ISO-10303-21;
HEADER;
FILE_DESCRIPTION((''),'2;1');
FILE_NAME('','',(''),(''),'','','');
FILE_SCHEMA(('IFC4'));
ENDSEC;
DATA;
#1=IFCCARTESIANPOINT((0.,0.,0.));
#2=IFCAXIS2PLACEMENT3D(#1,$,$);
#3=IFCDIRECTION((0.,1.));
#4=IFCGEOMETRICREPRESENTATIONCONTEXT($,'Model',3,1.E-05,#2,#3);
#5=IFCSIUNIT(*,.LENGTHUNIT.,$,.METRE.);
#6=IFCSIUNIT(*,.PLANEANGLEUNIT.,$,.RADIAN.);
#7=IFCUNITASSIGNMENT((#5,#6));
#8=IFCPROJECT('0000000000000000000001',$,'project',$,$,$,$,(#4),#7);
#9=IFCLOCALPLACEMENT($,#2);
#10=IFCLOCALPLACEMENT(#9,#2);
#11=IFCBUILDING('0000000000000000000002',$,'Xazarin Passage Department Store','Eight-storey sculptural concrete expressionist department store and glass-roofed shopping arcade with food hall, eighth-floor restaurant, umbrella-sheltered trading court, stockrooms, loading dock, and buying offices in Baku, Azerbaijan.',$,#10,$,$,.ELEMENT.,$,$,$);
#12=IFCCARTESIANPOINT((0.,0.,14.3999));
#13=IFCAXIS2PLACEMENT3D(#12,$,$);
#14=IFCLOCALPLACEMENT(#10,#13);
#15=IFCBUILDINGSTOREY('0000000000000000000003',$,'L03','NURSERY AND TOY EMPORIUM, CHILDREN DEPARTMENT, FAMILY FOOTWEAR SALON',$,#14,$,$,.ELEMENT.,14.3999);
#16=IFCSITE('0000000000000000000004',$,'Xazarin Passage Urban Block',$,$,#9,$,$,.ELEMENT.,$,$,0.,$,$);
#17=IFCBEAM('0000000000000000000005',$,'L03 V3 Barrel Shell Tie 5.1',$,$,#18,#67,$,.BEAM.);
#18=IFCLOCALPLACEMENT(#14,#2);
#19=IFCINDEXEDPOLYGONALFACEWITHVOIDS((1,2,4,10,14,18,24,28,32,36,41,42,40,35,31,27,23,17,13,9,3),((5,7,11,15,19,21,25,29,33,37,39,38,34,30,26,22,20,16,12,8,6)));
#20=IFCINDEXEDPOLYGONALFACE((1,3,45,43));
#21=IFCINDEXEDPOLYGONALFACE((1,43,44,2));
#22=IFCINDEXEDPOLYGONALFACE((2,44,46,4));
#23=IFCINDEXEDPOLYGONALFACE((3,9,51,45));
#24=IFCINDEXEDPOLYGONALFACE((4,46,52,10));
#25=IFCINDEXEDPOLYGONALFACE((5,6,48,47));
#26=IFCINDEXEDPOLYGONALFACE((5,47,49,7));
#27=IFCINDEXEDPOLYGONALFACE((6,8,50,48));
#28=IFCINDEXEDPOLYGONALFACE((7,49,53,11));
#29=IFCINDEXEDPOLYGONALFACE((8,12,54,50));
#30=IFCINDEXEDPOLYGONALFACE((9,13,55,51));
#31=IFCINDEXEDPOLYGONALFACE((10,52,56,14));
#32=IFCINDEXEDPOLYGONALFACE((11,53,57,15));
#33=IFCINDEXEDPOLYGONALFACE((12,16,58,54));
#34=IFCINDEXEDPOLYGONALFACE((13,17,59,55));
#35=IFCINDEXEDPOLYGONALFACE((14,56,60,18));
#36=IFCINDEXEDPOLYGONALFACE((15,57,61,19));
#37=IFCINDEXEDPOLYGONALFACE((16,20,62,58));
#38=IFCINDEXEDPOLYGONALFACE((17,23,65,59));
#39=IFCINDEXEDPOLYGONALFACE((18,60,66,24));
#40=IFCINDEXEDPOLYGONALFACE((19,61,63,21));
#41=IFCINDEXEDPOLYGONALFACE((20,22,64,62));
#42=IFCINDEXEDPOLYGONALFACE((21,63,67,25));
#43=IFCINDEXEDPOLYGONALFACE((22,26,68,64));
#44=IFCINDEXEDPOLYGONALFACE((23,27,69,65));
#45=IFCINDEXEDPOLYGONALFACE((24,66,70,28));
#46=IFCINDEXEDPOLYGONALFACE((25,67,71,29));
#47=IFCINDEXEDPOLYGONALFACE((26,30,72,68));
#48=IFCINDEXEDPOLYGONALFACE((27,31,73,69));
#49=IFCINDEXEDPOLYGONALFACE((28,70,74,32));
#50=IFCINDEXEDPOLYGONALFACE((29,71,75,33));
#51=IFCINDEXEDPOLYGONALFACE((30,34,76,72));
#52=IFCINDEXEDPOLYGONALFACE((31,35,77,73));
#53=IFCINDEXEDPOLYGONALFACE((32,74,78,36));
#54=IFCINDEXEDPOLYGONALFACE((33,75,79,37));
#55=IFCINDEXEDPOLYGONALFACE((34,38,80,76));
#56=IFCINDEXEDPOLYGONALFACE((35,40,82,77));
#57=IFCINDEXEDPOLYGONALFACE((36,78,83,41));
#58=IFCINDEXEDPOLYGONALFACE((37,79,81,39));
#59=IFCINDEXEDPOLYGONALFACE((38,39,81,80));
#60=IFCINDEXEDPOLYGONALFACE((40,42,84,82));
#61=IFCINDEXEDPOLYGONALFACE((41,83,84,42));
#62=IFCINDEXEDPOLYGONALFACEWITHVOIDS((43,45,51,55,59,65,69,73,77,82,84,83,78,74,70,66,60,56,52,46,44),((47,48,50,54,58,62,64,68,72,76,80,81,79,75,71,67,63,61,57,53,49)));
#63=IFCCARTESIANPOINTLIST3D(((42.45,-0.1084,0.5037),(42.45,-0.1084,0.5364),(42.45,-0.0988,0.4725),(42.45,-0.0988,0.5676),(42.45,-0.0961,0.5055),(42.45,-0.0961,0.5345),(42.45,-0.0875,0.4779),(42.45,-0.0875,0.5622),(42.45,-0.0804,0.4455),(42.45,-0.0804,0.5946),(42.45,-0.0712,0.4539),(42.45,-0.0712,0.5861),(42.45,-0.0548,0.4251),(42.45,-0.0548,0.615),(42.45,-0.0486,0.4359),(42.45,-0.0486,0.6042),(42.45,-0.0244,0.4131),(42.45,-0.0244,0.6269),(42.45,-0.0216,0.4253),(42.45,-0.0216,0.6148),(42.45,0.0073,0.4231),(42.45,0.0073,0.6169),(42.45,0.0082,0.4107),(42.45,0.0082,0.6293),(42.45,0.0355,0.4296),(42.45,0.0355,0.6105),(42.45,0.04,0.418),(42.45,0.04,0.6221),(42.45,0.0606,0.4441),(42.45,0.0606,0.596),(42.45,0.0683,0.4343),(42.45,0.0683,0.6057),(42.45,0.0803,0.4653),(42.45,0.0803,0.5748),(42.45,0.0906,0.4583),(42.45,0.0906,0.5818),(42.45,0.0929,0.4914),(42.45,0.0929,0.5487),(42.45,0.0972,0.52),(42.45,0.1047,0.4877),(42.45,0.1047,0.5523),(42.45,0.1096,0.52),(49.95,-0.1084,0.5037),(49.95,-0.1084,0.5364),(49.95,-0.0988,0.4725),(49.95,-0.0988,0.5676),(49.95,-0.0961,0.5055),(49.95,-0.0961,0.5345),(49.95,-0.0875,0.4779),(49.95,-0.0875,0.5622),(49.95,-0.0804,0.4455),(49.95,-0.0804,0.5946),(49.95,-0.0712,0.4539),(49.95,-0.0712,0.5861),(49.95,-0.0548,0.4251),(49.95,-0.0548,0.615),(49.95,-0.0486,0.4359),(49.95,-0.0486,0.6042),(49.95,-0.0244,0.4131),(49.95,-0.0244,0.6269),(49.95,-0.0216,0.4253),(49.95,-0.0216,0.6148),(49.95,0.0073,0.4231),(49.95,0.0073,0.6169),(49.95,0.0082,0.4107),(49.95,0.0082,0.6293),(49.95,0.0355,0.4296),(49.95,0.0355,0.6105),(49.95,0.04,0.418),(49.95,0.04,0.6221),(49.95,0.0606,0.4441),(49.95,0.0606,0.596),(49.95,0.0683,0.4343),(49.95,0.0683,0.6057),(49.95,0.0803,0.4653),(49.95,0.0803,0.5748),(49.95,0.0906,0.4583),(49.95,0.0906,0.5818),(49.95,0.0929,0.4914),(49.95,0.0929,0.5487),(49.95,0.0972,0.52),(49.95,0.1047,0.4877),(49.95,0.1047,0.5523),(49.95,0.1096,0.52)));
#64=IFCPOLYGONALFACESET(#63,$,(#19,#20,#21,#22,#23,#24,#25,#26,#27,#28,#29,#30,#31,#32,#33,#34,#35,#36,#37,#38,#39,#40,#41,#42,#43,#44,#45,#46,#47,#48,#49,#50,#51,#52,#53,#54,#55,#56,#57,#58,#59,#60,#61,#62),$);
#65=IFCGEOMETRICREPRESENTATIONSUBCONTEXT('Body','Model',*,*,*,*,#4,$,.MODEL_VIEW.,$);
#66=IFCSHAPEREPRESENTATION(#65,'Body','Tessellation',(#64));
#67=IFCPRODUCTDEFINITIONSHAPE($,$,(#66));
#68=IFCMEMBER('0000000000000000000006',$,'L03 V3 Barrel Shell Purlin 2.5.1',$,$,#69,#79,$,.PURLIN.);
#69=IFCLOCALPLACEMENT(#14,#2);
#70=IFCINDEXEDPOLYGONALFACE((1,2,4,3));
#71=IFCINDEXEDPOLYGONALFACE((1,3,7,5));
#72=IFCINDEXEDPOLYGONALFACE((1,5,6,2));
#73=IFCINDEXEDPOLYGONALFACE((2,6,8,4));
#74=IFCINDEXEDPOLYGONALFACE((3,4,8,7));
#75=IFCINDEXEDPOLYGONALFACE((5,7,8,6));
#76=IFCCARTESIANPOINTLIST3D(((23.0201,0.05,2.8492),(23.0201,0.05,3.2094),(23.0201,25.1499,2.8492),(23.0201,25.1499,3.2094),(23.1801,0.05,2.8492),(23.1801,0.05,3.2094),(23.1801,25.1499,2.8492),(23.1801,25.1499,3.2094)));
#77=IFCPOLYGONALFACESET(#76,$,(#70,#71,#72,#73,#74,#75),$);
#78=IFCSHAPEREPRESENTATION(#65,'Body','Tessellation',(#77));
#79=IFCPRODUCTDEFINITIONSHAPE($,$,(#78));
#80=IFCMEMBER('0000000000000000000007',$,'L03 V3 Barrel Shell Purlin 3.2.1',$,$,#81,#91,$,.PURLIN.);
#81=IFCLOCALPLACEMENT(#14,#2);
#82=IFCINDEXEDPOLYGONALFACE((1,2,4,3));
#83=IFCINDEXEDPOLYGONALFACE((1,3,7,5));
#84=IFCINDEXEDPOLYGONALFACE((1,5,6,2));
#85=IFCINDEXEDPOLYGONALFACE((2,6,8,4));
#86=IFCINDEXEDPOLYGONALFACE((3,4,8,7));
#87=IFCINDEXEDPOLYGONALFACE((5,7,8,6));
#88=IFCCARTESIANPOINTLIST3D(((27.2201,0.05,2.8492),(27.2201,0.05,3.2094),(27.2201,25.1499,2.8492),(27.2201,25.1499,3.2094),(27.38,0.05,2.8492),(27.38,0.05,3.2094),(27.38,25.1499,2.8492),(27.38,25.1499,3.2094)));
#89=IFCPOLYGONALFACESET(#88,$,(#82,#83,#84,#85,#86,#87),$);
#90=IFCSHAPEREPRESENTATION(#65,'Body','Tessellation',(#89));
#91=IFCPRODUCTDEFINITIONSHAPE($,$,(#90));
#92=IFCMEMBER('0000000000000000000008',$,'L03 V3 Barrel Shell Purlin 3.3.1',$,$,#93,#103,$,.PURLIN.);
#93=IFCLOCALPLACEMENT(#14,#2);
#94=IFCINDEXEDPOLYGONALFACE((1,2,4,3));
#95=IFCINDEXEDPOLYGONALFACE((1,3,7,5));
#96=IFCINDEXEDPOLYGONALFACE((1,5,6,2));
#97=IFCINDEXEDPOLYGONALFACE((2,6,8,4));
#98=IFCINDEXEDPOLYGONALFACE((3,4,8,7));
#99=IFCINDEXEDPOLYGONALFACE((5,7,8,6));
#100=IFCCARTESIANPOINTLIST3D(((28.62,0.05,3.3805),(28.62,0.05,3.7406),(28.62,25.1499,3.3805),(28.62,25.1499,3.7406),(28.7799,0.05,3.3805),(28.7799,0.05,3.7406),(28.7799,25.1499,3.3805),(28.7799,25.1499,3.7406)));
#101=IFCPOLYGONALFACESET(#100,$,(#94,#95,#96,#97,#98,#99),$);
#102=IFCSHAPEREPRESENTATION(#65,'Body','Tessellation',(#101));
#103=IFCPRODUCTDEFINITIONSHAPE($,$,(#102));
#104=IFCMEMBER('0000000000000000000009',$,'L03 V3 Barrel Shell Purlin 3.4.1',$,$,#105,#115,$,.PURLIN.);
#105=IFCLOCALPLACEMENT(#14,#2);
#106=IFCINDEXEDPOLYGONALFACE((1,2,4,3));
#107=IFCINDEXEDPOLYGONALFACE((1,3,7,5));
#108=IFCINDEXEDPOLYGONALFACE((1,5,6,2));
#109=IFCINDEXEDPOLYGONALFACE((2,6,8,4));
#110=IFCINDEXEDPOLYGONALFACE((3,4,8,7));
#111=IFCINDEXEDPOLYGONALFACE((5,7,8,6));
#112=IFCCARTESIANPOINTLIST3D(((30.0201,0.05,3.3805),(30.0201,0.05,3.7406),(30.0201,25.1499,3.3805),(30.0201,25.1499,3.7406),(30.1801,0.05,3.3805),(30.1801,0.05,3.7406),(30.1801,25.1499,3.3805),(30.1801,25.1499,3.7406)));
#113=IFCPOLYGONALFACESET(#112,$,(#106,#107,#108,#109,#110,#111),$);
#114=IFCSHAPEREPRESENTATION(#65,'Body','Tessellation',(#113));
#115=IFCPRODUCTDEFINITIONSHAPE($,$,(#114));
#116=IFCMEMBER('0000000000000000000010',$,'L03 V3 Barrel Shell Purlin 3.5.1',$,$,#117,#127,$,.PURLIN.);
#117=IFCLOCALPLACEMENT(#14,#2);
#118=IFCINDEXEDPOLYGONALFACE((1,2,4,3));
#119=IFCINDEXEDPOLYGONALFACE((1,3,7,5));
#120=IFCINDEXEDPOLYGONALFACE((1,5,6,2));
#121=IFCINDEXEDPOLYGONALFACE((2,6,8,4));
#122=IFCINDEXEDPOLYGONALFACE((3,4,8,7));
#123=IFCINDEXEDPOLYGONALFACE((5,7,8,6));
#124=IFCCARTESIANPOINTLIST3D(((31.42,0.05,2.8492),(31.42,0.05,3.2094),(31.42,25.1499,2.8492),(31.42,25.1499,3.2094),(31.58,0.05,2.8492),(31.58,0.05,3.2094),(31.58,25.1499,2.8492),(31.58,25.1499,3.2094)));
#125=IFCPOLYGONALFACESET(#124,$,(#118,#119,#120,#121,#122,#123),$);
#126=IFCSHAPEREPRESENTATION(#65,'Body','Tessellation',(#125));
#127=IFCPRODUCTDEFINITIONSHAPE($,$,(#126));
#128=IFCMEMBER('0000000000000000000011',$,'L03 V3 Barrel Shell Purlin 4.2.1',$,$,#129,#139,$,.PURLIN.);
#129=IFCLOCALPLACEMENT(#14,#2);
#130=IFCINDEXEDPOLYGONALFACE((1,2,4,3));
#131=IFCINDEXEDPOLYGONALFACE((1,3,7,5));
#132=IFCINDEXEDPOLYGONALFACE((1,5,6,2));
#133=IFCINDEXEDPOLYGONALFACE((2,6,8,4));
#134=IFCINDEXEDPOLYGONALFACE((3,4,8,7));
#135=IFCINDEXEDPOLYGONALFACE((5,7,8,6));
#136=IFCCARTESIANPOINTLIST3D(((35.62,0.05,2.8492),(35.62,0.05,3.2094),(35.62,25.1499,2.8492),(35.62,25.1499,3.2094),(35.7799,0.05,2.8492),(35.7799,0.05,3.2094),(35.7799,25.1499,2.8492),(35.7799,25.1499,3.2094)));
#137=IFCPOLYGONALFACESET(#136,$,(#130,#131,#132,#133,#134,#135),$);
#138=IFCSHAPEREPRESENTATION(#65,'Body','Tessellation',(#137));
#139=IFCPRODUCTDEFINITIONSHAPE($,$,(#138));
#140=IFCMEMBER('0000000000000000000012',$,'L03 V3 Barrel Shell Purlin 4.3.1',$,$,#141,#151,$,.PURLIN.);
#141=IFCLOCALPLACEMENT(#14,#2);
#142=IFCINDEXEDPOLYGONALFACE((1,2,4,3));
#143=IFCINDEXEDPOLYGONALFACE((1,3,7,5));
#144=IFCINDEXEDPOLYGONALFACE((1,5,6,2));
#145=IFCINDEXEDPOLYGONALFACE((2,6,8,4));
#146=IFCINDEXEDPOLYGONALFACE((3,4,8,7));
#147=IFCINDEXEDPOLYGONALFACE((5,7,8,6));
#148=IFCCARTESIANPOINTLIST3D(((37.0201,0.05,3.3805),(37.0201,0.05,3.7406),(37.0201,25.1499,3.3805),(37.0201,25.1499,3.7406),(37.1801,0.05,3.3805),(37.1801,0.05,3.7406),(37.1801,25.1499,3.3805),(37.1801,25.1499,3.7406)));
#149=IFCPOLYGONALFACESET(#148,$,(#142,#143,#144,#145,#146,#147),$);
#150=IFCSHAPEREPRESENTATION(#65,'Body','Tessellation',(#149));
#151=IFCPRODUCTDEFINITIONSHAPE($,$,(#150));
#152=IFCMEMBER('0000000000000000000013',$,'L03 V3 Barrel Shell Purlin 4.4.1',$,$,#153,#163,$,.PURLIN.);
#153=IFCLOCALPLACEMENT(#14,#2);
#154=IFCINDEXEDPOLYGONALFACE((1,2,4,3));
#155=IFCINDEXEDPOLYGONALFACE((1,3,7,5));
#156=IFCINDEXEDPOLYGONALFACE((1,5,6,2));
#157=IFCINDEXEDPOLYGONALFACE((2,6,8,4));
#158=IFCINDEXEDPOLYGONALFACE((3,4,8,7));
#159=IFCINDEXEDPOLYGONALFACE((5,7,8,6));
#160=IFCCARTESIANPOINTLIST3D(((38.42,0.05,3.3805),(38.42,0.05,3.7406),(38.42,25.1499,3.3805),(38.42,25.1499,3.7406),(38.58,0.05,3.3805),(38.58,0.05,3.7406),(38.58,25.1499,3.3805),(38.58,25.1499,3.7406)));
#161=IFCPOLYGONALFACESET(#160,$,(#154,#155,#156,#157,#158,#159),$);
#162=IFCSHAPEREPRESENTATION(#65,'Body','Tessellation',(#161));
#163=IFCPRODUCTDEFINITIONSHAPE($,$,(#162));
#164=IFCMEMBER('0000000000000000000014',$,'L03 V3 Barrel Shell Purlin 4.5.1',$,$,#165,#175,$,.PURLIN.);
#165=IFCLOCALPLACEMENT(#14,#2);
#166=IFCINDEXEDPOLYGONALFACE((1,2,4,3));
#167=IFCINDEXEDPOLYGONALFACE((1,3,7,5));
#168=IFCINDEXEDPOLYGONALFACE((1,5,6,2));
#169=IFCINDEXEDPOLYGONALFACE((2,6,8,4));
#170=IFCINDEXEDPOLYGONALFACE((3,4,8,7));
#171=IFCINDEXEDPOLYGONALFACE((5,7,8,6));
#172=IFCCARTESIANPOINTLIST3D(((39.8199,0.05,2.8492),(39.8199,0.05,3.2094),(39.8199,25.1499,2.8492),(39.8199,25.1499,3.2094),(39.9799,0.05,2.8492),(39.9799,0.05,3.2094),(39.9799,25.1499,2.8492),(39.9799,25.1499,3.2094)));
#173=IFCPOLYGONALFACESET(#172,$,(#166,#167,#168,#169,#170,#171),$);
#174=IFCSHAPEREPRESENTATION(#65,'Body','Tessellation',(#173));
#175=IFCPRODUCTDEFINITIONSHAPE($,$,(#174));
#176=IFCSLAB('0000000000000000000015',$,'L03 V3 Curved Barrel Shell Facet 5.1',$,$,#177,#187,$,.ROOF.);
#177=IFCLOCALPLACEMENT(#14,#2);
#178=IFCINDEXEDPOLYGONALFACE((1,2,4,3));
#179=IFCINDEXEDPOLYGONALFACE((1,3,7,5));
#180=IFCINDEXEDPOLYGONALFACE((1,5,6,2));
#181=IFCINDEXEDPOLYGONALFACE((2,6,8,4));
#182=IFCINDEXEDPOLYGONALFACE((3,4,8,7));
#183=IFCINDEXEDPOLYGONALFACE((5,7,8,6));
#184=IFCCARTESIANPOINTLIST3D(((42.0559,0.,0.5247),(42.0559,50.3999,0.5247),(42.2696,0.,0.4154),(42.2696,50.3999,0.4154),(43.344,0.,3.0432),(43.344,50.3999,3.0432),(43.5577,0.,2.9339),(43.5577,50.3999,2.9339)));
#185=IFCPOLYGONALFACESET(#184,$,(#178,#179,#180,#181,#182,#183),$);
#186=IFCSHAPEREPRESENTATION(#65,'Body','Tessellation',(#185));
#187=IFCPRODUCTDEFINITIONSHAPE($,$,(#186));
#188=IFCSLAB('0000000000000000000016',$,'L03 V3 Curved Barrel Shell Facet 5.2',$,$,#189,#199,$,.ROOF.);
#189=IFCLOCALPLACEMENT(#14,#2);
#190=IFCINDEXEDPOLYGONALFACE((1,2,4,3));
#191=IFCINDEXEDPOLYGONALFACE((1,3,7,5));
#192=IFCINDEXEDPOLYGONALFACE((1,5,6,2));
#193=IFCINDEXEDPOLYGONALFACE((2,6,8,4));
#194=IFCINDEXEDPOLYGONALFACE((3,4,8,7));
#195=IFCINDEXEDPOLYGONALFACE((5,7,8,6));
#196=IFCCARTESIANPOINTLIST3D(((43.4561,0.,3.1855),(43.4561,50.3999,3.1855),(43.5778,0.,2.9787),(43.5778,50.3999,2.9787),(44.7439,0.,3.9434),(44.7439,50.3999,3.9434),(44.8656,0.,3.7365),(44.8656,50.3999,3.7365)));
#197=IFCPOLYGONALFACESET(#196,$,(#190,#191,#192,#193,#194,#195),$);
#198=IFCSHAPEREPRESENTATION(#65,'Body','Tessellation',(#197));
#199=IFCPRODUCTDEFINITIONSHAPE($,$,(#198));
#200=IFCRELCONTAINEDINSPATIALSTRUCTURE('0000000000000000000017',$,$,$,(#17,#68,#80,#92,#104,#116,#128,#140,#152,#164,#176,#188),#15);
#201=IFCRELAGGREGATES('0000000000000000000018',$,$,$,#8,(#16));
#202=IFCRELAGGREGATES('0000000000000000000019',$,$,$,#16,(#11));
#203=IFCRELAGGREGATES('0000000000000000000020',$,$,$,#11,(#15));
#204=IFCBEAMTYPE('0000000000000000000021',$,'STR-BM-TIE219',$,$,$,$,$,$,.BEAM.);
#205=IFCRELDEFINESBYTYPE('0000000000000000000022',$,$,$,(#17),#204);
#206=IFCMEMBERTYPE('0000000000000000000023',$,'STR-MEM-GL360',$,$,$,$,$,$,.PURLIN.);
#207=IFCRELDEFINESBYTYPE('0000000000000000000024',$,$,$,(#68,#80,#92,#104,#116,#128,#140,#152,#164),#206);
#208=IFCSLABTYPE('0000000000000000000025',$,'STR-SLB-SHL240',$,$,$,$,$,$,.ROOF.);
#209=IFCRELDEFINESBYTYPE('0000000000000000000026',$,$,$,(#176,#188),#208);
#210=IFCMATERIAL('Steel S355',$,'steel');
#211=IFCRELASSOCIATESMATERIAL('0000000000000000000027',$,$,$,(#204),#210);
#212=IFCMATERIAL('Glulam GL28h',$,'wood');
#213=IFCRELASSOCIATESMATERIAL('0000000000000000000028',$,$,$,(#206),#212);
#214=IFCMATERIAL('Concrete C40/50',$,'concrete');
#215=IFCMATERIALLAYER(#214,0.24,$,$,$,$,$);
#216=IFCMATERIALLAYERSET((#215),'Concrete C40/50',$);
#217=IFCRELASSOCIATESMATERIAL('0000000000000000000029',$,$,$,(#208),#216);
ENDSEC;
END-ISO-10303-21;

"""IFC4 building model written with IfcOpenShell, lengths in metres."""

from ifc_helpers import new_model, si_unit, direction, frame, origin, origin_2d, place, context, subcontext, project, spatial, polyline, rectangle, hollow_circle, outline, extrude, material, layer, layer_set, material_profile, profile_set, type_object, element, save


model = new_model("IFC4")

# Units and contexts
model_context = context("Model", 3, precision=1e-05, world=origin(), true_north=direction((0.0, 1.0)))
body_context = subcontext(model_context, "Body", "Model", "MODEL_VIEW")
ifc_project = project(units=[si_unit("LENGTHUNIT", "METRE"), si_unit("PLANEANGLEUNIT", "RADIAN")], contexts=[model_context])

# Site, building, storey
site_placement = place(None, origin())
site = spatial("IfcSite", under=ifc_project, at=site_placement, Name="Xazarin Passage Urban Block", CompositionType="ELEMENT", RefElevation=0.0)
building_placement = place(site_placement, origin())
building = spatial("IfcBuilding", under=site, at=building_placement, Name="Xazarin Passage Department Store", Description="Eight-storey sculptural concrete expressionist department store and glass-roofed shopping arcade with food hall, eighth-floor restaurant, umbrella-sheltered trading court, stockrooms, loading dock, and buying offices in Baku, Azerbaijan.", CompositionType="ELEMENT")
storey_placement = place(building_placement, frame((0.0, 0.0, 14.3999)))
storey = spatial("IfcBuildingStorey", under=building, at=storey_placement, Name="L03", Description="NURSERY AND TOY EMPORIUM, CHILDREN DEPARTMENT, FAMILY FOOTWEAR SALON", CompositionType="ELEMENT", Elevation=14.3999)

# Beam
ifc_material_1 = material(Name="Steel S355", Category="steel")
ifc_material_profile_1 = material_profile(ifc_material_1, hollow_circle(Radius=0.1096, WallThickness=0.0125, at=origin_2d()), Name="CHS 219.1x12.5")
ifc_profile_set_1 = profile_set([ifc_material_profile_1], Name="Steel S355")
beam_type_1 = type_object("IfcBeamType", Name="STR-BM-TIE219", PredefinedType="BEAM", material=ifc_profile_set_1)
for number, where, z_axis, x_axis, name in (
    (1, (42.45, 0.0, 0.52), (1.0, 0.0, 0.0), (0.0, 1.0, 0.0), "L03 V3 Barrel Shell Tie 5.1"),
):
    element("IfcBeam", number, at=place(storey_placement, frame(where, z_axis=z_axis, x_axis=x_axis)), inside=storey, type_object=beam_type_1, Name=name, PredefinedType="BEAM", context=body_context, shape_type="SweptSolid", body=[
        extrude(hollow_circle(Radius=0.1096, WallThickness=0.0125, at=origin_2d()), origin(), (0.0, 0.0, 1.0), 7.5),
    ])

# Members
ifc_material_2 = material(Name="Glulam GL28h", Category="wood")
ifc_material_profile_2 = material_profile(ifc_material_2, rectangle(XDim=0.1599, YDim=0.3601, at=origin_2d()), Name="GL28h 160x360")
ifc_profile_set_2 = profile_set([ifc_material_profile_2], Name="Glulam GL28h")
member_type = type_object("IfcMemberType", Name="STR-MEM-GL360", PredefinedType="PURLIN", material=ifc_profile_set_2)
for number, where, z_axis, x_axis, name in (
    (2, (23.1001, 0.05, 3.0293), (0.0, 1.0, 0.0), (-1.0, 0.0, 0.0), "L03 V3 Barrel Shell Purlin 2.5.1"),
    (3, (27.3, 0.05, 3.0293), (0.0, 1.0, 0.0), (-1.0, 0.0, 0.0), "L03 V3 Barrel Shell Purlin 3.2.1"),
    (4, (28.7, 0.05, 3.5605), (0.0, 1.0, 0.0), (-1.0, 0.0, 0.0), "L03 V3 Barrel Shell Purlin 3.3.1"),
    (5, (30.1001, 0.05, 3.5605), (0.0, 1.0, 0.0), (-1.0, 0.0, 0.0), "L03 V3 Barrel Shell Purlin 3.4.1"),
    (6, (31.5, 0.05, 3.0293), (0.0, 1.0, 0.0), (-1.0, 0.0, 0.0), "L03 V3 Barrel Shell Purlin 3.5.1"),
    (7, (35.7, 0.05, 3.0293), (0.0, 1.0, 0.0), (-1.0, 0.0, 0.0), "L03 V3 Barrel Shell Purlin 4.2.1"),
    (8, (37.1001, 0.05, 3.5605), (0.0, 1.0, 0.0), (-1.0, 0.0, 0.0), "L03 V3 Barrel Shell Purlin 4.3.1"),
    (9, (38.5, 0.05, 3.5605), (0.0, 1.0, 0.0), (-1.0, 0.0, 0.0), "L03 V3 Barrel Shell Purlin 4.4.1"),
    (10, (39.8999, 0.05, 3.0293), (0.0, 1.0, 0.0), (-1.0, 0.0, 0.0), "L03 V3 Barrel Shell Purlin 4.5.1"),
):
    element("IfcMember", number, at=place(storey_placement, frame(where, z_axis=z_axis, x_axis=x_axis)), inside=storey, type_object=member_type, Name=name, PredefinedType="PURLIN", context=body_context, shape_type="SweptSolid", body=[
        extrude(rectangle(XDim=0.1599, YDim=0.3601, at=origin_2d()), origin(), (0.0, 0.0, 1.0), 25.0999),
    ])

# Slabs
ifc_material_3 = material(Name="Concrete C40/50", Category="concrete")
ifc_layer = layer(ifc_material_3, 0.24)
ifc_layer_set = layer_set([ifc_layer], Name="Concrete C40/50")
slab_type = type_object("IfcSlabType", Name="STR-SLB-SHL240", PredefinedType="ROOF", material=ifc_layer_set)
slab_1_placement = place(storey_placement, frame((42.0559, 0.0, 0.5247), z_axis=(-0.890317, 0.0, 0.455342), x_axis=(0.455342, 0.0, 0.890317)))
element("IfcSlab", 11, at=slab_1_placement, inside=storey, type_object=slab_type, Name="L03 V3 Curved Barrel Shell Facet 5.1", PredefinedType="ROOF", context=body_context, shape_type="SweptSolid", body=[
    extrude(outline(polyline([(0.0, 0.0), (2.8288, 0.0), (2.8288, 50.3999), (0.0, 50.3999), (0.0, 0.0)])), origin(), (0.0, 0.0, -1.0), 0.24),
])
slab_2_placement = place(storey_placement, frame((43.4561, 0.0, 3.1855), z_axis=(-0.507149, 0.0, 0.861859), x_axis=(0.861859, 0.0, 0.507149)))
element("IfcSlab", 12, at=slab_2_placement, inside=storey, type_object=slab_type, Name="L03 V3 Curved Barrel Shell Facet 5.2", PredefinedType="ROOF", context=body_context, shape_type="SweptSolid", body=[
    extrude(outline(polyline([(0.0, 0.0), (1.4943, 0.0), (1.4943, 50.3999), (0.0, 50.3999), (0.0, 0.0)])), origin(), (0.0, 0.0, -1.0), 0.24),
])

save(model, "model.ifc")
